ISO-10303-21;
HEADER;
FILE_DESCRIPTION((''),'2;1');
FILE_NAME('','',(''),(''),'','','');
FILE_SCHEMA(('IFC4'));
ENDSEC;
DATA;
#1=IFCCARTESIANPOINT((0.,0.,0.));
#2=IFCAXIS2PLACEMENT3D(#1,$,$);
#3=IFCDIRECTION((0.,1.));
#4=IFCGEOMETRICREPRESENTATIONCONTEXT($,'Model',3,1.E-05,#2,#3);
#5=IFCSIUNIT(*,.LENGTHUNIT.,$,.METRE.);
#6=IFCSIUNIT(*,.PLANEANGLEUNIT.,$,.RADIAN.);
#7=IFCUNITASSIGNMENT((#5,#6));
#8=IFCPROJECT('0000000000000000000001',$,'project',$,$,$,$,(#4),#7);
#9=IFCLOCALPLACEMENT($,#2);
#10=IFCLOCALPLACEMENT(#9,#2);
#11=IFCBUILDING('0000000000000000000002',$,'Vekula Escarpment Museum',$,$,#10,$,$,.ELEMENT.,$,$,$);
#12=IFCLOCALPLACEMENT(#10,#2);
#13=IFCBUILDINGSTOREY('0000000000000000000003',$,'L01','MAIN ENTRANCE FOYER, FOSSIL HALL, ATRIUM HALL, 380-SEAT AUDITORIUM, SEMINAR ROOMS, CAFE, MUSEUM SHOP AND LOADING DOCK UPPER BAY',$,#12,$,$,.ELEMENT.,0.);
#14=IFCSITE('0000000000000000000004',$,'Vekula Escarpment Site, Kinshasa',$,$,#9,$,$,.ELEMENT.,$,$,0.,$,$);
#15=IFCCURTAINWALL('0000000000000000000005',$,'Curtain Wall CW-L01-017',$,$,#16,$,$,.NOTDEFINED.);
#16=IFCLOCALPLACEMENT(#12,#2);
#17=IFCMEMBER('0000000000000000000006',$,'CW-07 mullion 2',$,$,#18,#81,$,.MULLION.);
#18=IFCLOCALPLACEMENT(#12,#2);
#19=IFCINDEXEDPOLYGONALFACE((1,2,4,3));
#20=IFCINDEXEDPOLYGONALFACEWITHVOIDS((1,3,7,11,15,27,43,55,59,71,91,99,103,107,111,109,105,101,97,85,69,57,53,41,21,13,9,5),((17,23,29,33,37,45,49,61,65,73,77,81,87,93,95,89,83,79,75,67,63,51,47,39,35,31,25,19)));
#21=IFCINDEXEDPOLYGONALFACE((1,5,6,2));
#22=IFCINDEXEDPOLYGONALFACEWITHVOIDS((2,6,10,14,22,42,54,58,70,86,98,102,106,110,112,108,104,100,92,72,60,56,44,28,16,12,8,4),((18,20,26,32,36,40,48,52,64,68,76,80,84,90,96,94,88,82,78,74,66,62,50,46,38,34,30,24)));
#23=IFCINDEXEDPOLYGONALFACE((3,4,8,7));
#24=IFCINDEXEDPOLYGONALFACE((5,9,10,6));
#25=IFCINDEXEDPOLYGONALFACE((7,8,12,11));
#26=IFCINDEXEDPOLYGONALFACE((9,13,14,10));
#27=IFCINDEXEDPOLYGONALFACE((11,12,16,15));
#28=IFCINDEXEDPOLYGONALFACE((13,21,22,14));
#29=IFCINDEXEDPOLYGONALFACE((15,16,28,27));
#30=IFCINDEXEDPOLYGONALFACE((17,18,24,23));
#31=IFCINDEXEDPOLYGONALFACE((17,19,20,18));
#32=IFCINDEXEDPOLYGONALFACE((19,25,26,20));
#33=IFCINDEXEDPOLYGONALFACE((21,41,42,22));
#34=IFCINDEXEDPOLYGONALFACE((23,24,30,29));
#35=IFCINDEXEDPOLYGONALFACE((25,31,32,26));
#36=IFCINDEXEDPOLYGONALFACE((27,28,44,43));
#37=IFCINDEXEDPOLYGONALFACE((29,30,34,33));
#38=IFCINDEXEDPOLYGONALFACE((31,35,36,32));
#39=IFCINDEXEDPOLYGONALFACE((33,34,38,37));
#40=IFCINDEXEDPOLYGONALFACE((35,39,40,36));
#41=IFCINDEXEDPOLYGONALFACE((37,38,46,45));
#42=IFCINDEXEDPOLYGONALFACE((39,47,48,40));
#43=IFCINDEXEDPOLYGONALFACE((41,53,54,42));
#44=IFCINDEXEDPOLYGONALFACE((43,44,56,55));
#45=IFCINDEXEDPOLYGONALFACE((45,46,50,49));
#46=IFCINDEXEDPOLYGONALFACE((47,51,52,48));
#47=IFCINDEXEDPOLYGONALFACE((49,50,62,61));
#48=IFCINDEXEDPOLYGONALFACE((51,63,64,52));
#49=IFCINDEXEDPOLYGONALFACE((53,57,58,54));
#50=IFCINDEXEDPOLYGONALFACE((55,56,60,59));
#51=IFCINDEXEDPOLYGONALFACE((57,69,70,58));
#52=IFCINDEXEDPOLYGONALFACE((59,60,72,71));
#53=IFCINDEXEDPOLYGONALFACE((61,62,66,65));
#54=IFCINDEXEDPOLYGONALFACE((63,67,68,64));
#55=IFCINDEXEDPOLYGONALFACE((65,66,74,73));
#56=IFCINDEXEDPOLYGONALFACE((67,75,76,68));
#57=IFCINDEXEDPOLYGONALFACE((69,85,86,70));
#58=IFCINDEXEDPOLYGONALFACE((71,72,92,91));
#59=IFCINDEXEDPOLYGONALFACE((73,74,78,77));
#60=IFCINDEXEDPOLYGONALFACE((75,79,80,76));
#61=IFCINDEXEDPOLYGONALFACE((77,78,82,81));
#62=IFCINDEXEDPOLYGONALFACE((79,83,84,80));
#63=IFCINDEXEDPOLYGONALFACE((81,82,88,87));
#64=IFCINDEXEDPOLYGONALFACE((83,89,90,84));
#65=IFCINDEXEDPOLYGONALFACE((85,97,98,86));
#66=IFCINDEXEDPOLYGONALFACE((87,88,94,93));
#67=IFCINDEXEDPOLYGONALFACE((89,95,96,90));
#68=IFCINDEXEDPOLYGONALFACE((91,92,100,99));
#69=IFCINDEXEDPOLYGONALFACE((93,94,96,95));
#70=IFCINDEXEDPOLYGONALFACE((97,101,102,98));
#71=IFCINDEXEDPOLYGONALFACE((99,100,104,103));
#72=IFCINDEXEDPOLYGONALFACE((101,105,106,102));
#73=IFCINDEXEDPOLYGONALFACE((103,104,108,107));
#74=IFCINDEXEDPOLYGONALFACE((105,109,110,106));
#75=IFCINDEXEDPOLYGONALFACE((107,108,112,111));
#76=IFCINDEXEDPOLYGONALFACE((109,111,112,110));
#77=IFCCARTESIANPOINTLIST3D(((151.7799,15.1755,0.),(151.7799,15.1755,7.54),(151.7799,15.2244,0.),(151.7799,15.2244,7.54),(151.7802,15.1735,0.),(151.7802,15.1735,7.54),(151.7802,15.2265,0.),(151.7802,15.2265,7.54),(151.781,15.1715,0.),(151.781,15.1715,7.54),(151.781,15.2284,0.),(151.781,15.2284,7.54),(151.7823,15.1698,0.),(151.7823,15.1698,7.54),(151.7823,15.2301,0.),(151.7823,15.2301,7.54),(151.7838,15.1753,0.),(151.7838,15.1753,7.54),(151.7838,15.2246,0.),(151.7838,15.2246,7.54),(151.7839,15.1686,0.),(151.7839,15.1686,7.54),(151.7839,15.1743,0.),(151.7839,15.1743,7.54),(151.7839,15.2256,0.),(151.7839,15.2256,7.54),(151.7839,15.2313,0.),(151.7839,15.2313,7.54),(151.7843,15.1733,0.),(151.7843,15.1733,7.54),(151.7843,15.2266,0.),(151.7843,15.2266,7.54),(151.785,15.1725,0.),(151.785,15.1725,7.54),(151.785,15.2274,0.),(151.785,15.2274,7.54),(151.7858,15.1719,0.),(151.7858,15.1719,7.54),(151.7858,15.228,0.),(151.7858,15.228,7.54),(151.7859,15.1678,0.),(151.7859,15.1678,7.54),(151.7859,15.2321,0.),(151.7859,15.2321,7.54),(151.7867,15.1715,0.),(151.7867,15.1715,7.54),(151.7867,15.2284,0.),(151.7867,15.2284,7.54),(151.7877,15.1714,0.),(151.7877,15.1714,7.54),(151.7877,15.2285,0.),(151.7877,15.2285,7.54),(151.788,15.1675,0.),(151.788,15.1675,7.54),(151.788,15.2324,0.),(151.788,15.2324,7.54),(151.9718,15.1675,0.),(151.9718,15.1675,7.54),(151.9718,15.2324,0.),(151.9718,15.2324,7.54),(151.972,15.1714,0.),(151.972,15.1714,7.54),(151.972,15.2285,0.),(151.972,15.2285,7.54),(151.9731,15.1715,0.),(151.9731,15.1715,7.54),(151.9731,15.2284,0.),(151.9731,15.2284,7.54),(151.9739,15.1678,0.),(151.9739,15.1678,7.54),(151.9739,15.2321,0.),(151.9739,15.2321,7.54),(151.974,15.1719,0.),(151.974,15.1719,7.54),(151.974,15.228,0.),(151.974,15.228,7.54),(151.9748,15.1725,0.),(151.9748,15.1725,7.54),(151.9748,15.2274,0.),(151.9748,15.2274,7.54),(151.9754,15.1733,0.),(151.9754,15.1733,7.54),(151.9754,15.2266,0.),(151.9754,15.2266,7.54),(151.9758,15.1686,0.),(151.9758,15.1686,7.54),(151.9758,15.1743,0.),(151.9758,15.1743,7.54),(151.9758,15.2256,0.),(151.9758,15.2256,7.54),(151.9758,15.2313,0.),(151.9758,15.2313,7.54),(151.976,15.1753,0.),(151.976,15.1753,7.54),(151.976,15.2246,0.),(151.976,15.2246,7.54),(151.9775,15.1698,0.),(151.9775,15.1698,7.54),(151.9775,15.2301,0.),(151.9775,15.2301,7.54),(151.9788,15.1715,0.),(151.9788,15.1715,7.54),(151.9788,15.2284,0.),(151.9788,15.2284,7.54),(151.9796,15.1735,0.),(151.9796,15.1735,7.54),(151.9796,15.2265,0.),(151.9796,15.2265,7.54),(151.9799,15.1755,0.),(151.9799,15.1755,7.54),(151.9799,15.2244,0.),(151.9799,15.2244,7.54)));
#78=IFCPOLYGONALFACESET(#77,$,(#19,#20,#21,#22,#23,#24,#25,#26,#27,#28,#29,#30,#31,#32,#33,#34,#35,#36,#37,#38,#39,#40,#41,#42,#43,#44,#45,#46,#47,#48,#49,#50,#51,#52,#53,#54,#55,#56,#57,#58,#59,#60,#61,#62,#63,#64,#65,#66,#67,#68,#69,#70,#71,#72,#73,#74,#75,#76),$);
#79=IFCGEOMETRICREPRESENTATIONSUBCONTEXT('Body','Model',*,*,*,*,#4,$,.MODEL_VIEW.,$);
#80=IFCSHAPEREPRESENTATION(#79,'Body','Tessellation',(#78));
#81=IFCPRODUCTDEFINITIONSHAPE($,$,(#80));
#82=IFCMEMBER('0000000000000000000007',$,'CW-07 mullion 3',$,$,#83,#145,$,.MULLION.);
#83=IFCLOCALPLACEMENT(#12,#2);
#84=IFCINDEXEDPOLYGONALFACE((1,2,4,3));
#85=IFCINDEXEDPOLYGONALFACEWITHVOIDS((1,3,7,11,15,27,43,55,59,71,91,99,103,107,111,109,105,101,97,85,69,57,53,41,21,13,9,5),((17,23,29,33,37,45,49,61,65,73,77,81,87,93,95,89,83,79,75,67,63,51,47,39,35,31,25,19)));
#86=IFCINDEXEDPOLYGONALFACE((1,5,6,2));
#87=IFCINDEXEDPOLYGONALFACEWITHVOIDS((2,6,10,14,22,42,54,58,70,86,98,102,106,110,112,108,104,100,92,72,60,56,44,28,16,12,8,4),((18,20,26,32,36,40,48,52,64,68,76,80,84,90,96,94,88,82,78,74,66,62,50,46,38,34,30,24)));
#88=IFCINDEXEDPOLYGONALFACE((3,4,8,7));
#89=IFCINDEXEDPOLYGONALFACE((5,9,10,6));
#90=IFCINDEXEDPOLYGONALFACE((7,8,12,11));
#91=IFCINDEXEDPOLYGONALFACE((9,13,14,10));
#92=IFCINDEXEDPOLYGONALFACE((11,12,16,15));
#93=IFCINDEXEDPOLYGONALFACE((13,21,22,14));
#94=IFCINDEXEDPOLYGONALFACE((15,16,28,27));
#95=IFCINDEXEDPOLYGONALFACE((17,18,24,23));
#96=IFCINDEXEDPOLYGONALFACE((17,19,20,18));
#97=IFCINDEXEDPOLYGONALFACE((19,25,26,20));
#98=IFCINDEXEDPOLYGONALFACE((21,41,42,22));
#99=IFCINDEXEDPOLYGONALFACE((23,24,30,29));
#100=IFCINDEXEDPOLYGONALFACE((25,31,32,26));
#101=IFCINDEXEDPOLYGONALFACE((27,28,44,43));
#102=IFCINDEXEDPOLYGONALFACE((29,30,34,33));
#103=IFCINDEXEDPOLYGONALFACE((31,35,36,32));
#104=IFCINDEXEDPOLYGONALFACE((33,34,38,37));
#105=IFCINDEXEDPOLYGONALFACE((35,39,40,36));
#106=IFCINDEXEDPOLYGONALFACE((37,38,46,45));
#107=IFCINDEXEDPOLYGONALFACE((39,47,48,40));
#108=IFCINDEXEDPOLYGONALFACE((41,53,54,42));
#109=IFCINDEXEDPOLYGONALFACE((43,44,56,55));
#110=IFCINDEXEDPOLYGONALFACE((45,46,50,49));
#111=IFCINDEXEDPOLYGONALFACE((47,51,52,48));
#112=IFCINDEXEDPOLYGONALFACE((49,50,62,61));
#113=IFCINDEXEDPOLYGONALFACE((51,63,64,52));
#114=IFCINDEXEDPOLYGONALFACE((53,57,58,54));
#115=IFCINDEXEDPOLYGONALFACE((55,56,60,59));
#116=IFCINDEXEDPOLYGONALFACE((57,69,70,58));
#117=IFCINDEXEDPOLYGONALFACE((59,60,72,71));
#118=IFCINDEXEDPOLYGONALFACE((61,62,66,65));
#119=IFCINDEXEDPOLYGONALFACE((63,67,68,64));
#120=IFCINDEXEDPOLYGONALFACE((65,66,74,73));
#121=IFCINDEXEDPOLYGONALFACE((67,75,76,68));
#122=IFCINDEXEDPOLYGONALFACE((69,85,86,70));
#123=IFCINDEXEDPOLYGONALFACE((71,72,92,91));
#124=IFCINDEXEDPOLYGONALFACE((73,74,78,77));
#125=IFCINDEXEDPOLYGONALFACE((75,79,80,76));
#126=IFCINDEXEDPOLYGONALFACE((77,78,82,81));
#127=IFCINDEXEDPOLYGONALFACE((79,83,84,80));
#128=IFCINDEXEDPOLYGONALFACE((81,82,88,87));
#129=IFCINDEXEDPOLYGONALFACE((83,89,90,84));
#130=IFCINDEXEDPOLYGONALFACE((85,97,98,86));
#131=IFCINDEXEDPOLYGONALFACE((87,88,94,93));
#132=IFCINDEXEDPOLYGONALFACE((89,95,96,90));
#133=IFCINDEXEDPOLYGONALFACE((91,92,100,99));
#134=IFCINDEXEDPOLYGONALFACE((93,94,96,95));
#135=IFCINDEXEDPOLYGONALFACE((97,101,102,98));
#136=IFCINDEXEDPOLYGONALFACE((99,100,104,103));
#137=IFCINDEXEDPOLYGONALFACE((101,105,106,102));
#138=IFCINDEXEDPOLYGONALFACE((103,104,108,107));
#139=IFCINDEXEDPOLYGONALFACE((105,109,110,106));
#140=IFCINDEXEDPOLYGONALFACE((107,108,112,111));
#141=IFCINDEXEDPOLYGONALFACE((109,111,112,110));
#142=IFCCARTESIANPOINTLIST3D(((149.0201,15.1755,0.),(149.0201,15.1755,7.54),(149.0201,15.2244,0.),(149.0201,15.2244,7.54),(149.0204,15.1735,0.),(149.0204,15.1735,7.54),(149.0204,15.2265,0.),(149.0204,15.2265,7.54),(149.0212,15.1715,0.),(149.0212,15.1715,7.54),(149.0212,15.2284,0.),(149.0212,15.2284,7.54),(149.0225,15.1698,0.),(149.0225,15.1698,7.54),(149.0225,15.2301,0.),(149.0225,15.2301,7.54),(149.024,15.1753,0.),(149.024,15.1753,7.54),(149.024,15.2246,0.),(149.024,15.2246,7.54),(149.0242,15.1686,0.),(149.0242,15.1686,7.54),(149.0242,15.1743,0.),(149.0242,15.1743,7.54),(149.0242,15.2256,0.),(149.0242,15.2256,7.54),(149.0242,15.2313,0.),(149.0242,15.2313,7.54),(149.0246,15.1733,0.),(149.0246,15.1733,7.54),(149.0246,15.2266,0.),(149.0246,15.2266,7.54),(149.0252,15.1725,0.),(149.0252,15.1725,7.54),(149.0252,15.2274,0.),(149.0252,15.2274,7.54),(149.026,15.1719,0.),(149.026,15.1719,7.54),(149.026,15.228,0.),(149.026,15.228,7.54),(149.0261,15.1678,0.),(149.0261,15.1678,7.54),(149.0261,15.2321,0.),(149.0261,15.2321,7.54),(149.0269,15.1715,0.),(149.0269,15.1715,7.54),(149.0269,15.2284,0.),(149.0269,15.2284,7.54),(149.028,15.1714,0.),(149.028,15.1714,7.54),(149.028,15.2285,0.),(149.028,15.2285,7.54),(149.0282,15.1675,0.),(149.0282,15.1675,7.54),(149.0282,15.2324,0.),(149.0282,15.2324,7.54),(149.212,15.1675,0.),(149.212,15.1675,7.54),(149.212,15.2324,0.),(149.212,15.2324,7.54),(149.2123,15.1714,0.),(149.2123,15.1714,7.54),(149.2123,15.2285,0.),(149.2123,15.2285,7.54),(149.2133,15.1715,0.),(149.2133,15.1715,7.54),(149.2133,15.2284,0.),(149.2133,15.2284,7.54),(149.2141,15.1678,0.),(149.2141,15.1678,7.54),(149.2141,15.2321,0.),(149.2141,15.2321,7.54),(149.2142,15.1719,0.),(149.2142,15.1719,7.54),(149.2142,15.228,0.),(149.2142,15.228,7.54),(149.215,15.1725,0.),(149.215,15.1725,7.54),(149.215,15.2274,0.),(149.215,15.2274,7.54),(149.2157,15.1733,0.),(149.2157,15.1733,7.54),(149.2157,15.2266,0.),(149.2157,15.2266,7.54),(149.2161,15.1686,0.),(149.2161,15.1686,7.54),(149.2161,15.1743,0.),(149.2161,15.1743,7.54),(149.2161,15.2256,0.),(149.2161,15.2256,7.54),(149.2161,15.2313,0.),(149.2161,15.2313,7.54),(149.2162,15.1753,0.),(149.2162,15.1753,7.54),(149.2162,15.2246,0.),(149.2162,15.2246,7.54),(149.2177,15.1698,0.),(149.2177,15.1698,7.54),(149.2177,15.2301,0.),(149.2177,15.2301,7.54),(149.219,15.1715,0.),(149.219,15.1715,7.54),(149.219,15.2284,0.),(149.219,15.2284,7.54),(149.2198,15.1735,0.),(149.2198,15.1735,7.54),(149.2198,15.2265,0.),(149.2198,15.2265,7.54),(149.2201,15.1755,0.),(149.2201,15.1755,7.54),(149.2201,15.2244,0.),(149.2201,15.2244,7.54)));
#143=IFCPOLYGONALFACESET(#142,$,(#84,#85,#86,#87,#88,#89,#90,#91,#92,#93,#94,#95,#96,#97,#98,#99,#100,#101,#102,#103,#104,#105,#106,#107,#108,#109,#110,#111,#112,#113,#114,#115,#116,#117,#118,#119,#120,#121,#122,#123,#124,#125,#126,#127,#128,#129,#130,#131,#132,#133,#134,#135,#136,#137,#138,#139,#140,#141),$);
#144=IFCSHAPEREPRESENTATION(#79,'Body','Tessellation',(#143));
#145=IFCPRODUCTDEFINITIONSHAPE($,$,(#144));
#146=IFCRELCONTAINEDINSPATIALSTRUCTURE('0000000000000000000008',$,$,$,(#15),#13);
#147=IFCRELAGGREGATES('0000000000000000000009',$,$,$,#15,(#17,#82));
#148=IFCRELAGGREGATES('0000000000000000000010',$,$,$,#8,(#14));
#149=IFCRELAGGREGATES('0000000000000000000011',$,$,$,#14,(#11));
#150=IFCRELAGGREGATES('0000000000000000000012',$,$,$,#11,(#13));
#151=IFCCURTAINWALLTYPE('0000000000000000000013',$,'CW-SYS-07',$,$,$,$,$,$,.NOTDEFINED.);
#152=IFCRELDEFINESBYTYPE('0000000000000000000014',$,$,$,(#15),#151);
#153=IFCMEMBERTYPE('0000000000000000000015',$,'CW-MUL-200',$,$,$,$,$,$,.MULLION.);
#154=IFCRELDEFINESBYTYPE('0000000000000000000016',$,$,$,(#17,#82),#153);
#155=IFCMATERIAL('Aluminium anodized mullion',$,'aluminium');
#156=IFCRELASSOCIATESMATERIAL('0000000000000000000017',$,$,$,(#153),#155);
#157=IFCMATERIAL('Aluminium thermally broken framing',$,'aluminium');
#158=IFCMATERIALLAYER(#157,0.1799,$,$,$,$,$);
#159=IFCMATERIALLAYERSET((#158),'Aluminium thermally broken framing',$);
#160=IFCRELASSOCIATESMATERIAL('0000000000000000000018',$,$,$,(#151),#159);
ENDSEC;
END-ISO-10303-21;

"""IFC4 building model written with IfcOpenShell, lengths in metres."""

from ifc_helpers import new_model, si_unit, direction, frame, origin, origin_2d, place, context, subcontext, project, spatial, hollow_rectangle, extrude, material, layer, layer_set, material_profile, profile_set, type_object, element, aggregate, save


model = new_model("IFC4")

# Units and contexts
model_context = context("Model", 3, precision=1e-05, world=origin(), true_north=direction((0.0, 1.0)))
body_context = subcontext(model_context, "Body", "Model", "MODEL_VIEW")
ifc_project = project(units=[si_unit("LENGTHUNIT", "METRE"), si_unit("PLANEANGLEUNIT", "RADIAN")], contexts=[model_context])

# Site, building, storey
site_placement = place(None, origin())
site = spatial("IfcSite", under=ifc_project, at=site_placement, Name="Vekula Escarpment Site, Kinshasa", CompositionType="ELEMENT", RefElevation=0.0)
building_placement = place(site_placement, origin())
building = spatial("IfcBuilding", under=site, at=building_placement, Name="Vekula Escarpment Museum", CompositionType="ELEMENT")
storey_placement = place(building_placement, origin())
storey = spatial("IfcBuildingStorey", under=building, at=storey_placement, Name="L01", Description="MAIN ENTRANCE FOYER, FOSSIL HALL, ATRIUM HALL, 380-SEAT AUDITORIUM, SEMINAR ROOMS, CAFE, MUSEUM SHOP AND LOADING DOCK UPPER BAY", CompositionType="ELEMENT", Elevation=0.0)

# Curtain wall, members
ifc_material_1 = material(Name="Aluminium anodized mullion", Category="aluminium")
ifc_material_profile_1 = material_profile(ifc_material_1, hollow_rectangle(XDim=0.0649, YDim=0.2, WallThickness=0.0039, InnerFilletRadius=0.0039, OuterFilletRadius=0.0081, at=origin_2d()), Name="ALU 200x65x4")
ifc_profile_set_1 = profile_set([ifc_material_profile_1], Name="Aluminium anodized mullion")
member_type_1 = type_object("IfcMemberType", Name="CW-MUL-200", PredefinedType="MULLION", material=ifc_profile_set_1)
ifc_material_2 = material(Name="Aluminium thermally broken framing", Category="aluminium")
ifc_layer_1 = layer(ifc_material_2, 0.1799)
ifc_layer_set_1 = layer_set([ifc_layer_1], Name="Aluminium thermally broken framing")
curtain_wall_type_1 = type_object("IfcCurtainWallType", Name="CW-SYS-07", PredefinedType="NOTDEFINED", material=ifc_layer_set_1)
curtain_wall_1_placement = place(storey_placement, origin())
curtain_wall_1 = element("IfcCurtainWall", 1, at=curtain_wall_1_placement, inside=storey, type_object=curtain_wall_type_1, Name="Curtain Wall CW-L01-017", PredefinedType="NOTDEFINED")
member_1_placement = place(storey_placement, frame((151.8799, 15.2, 0.0), z_axis=(0.0, 0.0, 1.0), x_axis=(0.0, -1.0, 0.0)))
member_1 = element("IfcMember", 2, at=member_1_placement, type_object=member_type_1, Name="CW-07 mullion 2", PredefinedType="MULLION", context=body_context, shape_type="SweptSolid", body=[
    extrude(hollow_rectangle(XDim=0.0649, YDim=0.2, WallThickness=0.0039, InnerFilletRadius=0.0039, OuterFilletRadius=0.0081, at=origin_2d()), origin(), (0.0, 0.0, 1.0), 7.54),
])
member_2_placement = place(storey_placement, frame((149.1201, 15.2, 0.0), z_axis=(0.0, 0.0, 1.0), x_axis=(0.0, -1.0, 0.0)))
member_2 = element("IfcMember", 3, at=member_2_placement, type_object=member_type_1, Name="CW-07 mullion 3", PredefinedType="MULLION", context=body_context, shape_type="SweptSolid", body=[
    extrude(hollow_rectangle(XDim=0.0649, YDim=0.2, WallThickness=0.0039, InnerFilletRadius=0.0039, OuterFilletRadius=0.0081, at=origin_2d()), origin(), (0.0, 0.0, 1.0), 7.54),
])

aggregate(curtain_wall_1, [member_1, member_2])

save(model, "model.ifc")
